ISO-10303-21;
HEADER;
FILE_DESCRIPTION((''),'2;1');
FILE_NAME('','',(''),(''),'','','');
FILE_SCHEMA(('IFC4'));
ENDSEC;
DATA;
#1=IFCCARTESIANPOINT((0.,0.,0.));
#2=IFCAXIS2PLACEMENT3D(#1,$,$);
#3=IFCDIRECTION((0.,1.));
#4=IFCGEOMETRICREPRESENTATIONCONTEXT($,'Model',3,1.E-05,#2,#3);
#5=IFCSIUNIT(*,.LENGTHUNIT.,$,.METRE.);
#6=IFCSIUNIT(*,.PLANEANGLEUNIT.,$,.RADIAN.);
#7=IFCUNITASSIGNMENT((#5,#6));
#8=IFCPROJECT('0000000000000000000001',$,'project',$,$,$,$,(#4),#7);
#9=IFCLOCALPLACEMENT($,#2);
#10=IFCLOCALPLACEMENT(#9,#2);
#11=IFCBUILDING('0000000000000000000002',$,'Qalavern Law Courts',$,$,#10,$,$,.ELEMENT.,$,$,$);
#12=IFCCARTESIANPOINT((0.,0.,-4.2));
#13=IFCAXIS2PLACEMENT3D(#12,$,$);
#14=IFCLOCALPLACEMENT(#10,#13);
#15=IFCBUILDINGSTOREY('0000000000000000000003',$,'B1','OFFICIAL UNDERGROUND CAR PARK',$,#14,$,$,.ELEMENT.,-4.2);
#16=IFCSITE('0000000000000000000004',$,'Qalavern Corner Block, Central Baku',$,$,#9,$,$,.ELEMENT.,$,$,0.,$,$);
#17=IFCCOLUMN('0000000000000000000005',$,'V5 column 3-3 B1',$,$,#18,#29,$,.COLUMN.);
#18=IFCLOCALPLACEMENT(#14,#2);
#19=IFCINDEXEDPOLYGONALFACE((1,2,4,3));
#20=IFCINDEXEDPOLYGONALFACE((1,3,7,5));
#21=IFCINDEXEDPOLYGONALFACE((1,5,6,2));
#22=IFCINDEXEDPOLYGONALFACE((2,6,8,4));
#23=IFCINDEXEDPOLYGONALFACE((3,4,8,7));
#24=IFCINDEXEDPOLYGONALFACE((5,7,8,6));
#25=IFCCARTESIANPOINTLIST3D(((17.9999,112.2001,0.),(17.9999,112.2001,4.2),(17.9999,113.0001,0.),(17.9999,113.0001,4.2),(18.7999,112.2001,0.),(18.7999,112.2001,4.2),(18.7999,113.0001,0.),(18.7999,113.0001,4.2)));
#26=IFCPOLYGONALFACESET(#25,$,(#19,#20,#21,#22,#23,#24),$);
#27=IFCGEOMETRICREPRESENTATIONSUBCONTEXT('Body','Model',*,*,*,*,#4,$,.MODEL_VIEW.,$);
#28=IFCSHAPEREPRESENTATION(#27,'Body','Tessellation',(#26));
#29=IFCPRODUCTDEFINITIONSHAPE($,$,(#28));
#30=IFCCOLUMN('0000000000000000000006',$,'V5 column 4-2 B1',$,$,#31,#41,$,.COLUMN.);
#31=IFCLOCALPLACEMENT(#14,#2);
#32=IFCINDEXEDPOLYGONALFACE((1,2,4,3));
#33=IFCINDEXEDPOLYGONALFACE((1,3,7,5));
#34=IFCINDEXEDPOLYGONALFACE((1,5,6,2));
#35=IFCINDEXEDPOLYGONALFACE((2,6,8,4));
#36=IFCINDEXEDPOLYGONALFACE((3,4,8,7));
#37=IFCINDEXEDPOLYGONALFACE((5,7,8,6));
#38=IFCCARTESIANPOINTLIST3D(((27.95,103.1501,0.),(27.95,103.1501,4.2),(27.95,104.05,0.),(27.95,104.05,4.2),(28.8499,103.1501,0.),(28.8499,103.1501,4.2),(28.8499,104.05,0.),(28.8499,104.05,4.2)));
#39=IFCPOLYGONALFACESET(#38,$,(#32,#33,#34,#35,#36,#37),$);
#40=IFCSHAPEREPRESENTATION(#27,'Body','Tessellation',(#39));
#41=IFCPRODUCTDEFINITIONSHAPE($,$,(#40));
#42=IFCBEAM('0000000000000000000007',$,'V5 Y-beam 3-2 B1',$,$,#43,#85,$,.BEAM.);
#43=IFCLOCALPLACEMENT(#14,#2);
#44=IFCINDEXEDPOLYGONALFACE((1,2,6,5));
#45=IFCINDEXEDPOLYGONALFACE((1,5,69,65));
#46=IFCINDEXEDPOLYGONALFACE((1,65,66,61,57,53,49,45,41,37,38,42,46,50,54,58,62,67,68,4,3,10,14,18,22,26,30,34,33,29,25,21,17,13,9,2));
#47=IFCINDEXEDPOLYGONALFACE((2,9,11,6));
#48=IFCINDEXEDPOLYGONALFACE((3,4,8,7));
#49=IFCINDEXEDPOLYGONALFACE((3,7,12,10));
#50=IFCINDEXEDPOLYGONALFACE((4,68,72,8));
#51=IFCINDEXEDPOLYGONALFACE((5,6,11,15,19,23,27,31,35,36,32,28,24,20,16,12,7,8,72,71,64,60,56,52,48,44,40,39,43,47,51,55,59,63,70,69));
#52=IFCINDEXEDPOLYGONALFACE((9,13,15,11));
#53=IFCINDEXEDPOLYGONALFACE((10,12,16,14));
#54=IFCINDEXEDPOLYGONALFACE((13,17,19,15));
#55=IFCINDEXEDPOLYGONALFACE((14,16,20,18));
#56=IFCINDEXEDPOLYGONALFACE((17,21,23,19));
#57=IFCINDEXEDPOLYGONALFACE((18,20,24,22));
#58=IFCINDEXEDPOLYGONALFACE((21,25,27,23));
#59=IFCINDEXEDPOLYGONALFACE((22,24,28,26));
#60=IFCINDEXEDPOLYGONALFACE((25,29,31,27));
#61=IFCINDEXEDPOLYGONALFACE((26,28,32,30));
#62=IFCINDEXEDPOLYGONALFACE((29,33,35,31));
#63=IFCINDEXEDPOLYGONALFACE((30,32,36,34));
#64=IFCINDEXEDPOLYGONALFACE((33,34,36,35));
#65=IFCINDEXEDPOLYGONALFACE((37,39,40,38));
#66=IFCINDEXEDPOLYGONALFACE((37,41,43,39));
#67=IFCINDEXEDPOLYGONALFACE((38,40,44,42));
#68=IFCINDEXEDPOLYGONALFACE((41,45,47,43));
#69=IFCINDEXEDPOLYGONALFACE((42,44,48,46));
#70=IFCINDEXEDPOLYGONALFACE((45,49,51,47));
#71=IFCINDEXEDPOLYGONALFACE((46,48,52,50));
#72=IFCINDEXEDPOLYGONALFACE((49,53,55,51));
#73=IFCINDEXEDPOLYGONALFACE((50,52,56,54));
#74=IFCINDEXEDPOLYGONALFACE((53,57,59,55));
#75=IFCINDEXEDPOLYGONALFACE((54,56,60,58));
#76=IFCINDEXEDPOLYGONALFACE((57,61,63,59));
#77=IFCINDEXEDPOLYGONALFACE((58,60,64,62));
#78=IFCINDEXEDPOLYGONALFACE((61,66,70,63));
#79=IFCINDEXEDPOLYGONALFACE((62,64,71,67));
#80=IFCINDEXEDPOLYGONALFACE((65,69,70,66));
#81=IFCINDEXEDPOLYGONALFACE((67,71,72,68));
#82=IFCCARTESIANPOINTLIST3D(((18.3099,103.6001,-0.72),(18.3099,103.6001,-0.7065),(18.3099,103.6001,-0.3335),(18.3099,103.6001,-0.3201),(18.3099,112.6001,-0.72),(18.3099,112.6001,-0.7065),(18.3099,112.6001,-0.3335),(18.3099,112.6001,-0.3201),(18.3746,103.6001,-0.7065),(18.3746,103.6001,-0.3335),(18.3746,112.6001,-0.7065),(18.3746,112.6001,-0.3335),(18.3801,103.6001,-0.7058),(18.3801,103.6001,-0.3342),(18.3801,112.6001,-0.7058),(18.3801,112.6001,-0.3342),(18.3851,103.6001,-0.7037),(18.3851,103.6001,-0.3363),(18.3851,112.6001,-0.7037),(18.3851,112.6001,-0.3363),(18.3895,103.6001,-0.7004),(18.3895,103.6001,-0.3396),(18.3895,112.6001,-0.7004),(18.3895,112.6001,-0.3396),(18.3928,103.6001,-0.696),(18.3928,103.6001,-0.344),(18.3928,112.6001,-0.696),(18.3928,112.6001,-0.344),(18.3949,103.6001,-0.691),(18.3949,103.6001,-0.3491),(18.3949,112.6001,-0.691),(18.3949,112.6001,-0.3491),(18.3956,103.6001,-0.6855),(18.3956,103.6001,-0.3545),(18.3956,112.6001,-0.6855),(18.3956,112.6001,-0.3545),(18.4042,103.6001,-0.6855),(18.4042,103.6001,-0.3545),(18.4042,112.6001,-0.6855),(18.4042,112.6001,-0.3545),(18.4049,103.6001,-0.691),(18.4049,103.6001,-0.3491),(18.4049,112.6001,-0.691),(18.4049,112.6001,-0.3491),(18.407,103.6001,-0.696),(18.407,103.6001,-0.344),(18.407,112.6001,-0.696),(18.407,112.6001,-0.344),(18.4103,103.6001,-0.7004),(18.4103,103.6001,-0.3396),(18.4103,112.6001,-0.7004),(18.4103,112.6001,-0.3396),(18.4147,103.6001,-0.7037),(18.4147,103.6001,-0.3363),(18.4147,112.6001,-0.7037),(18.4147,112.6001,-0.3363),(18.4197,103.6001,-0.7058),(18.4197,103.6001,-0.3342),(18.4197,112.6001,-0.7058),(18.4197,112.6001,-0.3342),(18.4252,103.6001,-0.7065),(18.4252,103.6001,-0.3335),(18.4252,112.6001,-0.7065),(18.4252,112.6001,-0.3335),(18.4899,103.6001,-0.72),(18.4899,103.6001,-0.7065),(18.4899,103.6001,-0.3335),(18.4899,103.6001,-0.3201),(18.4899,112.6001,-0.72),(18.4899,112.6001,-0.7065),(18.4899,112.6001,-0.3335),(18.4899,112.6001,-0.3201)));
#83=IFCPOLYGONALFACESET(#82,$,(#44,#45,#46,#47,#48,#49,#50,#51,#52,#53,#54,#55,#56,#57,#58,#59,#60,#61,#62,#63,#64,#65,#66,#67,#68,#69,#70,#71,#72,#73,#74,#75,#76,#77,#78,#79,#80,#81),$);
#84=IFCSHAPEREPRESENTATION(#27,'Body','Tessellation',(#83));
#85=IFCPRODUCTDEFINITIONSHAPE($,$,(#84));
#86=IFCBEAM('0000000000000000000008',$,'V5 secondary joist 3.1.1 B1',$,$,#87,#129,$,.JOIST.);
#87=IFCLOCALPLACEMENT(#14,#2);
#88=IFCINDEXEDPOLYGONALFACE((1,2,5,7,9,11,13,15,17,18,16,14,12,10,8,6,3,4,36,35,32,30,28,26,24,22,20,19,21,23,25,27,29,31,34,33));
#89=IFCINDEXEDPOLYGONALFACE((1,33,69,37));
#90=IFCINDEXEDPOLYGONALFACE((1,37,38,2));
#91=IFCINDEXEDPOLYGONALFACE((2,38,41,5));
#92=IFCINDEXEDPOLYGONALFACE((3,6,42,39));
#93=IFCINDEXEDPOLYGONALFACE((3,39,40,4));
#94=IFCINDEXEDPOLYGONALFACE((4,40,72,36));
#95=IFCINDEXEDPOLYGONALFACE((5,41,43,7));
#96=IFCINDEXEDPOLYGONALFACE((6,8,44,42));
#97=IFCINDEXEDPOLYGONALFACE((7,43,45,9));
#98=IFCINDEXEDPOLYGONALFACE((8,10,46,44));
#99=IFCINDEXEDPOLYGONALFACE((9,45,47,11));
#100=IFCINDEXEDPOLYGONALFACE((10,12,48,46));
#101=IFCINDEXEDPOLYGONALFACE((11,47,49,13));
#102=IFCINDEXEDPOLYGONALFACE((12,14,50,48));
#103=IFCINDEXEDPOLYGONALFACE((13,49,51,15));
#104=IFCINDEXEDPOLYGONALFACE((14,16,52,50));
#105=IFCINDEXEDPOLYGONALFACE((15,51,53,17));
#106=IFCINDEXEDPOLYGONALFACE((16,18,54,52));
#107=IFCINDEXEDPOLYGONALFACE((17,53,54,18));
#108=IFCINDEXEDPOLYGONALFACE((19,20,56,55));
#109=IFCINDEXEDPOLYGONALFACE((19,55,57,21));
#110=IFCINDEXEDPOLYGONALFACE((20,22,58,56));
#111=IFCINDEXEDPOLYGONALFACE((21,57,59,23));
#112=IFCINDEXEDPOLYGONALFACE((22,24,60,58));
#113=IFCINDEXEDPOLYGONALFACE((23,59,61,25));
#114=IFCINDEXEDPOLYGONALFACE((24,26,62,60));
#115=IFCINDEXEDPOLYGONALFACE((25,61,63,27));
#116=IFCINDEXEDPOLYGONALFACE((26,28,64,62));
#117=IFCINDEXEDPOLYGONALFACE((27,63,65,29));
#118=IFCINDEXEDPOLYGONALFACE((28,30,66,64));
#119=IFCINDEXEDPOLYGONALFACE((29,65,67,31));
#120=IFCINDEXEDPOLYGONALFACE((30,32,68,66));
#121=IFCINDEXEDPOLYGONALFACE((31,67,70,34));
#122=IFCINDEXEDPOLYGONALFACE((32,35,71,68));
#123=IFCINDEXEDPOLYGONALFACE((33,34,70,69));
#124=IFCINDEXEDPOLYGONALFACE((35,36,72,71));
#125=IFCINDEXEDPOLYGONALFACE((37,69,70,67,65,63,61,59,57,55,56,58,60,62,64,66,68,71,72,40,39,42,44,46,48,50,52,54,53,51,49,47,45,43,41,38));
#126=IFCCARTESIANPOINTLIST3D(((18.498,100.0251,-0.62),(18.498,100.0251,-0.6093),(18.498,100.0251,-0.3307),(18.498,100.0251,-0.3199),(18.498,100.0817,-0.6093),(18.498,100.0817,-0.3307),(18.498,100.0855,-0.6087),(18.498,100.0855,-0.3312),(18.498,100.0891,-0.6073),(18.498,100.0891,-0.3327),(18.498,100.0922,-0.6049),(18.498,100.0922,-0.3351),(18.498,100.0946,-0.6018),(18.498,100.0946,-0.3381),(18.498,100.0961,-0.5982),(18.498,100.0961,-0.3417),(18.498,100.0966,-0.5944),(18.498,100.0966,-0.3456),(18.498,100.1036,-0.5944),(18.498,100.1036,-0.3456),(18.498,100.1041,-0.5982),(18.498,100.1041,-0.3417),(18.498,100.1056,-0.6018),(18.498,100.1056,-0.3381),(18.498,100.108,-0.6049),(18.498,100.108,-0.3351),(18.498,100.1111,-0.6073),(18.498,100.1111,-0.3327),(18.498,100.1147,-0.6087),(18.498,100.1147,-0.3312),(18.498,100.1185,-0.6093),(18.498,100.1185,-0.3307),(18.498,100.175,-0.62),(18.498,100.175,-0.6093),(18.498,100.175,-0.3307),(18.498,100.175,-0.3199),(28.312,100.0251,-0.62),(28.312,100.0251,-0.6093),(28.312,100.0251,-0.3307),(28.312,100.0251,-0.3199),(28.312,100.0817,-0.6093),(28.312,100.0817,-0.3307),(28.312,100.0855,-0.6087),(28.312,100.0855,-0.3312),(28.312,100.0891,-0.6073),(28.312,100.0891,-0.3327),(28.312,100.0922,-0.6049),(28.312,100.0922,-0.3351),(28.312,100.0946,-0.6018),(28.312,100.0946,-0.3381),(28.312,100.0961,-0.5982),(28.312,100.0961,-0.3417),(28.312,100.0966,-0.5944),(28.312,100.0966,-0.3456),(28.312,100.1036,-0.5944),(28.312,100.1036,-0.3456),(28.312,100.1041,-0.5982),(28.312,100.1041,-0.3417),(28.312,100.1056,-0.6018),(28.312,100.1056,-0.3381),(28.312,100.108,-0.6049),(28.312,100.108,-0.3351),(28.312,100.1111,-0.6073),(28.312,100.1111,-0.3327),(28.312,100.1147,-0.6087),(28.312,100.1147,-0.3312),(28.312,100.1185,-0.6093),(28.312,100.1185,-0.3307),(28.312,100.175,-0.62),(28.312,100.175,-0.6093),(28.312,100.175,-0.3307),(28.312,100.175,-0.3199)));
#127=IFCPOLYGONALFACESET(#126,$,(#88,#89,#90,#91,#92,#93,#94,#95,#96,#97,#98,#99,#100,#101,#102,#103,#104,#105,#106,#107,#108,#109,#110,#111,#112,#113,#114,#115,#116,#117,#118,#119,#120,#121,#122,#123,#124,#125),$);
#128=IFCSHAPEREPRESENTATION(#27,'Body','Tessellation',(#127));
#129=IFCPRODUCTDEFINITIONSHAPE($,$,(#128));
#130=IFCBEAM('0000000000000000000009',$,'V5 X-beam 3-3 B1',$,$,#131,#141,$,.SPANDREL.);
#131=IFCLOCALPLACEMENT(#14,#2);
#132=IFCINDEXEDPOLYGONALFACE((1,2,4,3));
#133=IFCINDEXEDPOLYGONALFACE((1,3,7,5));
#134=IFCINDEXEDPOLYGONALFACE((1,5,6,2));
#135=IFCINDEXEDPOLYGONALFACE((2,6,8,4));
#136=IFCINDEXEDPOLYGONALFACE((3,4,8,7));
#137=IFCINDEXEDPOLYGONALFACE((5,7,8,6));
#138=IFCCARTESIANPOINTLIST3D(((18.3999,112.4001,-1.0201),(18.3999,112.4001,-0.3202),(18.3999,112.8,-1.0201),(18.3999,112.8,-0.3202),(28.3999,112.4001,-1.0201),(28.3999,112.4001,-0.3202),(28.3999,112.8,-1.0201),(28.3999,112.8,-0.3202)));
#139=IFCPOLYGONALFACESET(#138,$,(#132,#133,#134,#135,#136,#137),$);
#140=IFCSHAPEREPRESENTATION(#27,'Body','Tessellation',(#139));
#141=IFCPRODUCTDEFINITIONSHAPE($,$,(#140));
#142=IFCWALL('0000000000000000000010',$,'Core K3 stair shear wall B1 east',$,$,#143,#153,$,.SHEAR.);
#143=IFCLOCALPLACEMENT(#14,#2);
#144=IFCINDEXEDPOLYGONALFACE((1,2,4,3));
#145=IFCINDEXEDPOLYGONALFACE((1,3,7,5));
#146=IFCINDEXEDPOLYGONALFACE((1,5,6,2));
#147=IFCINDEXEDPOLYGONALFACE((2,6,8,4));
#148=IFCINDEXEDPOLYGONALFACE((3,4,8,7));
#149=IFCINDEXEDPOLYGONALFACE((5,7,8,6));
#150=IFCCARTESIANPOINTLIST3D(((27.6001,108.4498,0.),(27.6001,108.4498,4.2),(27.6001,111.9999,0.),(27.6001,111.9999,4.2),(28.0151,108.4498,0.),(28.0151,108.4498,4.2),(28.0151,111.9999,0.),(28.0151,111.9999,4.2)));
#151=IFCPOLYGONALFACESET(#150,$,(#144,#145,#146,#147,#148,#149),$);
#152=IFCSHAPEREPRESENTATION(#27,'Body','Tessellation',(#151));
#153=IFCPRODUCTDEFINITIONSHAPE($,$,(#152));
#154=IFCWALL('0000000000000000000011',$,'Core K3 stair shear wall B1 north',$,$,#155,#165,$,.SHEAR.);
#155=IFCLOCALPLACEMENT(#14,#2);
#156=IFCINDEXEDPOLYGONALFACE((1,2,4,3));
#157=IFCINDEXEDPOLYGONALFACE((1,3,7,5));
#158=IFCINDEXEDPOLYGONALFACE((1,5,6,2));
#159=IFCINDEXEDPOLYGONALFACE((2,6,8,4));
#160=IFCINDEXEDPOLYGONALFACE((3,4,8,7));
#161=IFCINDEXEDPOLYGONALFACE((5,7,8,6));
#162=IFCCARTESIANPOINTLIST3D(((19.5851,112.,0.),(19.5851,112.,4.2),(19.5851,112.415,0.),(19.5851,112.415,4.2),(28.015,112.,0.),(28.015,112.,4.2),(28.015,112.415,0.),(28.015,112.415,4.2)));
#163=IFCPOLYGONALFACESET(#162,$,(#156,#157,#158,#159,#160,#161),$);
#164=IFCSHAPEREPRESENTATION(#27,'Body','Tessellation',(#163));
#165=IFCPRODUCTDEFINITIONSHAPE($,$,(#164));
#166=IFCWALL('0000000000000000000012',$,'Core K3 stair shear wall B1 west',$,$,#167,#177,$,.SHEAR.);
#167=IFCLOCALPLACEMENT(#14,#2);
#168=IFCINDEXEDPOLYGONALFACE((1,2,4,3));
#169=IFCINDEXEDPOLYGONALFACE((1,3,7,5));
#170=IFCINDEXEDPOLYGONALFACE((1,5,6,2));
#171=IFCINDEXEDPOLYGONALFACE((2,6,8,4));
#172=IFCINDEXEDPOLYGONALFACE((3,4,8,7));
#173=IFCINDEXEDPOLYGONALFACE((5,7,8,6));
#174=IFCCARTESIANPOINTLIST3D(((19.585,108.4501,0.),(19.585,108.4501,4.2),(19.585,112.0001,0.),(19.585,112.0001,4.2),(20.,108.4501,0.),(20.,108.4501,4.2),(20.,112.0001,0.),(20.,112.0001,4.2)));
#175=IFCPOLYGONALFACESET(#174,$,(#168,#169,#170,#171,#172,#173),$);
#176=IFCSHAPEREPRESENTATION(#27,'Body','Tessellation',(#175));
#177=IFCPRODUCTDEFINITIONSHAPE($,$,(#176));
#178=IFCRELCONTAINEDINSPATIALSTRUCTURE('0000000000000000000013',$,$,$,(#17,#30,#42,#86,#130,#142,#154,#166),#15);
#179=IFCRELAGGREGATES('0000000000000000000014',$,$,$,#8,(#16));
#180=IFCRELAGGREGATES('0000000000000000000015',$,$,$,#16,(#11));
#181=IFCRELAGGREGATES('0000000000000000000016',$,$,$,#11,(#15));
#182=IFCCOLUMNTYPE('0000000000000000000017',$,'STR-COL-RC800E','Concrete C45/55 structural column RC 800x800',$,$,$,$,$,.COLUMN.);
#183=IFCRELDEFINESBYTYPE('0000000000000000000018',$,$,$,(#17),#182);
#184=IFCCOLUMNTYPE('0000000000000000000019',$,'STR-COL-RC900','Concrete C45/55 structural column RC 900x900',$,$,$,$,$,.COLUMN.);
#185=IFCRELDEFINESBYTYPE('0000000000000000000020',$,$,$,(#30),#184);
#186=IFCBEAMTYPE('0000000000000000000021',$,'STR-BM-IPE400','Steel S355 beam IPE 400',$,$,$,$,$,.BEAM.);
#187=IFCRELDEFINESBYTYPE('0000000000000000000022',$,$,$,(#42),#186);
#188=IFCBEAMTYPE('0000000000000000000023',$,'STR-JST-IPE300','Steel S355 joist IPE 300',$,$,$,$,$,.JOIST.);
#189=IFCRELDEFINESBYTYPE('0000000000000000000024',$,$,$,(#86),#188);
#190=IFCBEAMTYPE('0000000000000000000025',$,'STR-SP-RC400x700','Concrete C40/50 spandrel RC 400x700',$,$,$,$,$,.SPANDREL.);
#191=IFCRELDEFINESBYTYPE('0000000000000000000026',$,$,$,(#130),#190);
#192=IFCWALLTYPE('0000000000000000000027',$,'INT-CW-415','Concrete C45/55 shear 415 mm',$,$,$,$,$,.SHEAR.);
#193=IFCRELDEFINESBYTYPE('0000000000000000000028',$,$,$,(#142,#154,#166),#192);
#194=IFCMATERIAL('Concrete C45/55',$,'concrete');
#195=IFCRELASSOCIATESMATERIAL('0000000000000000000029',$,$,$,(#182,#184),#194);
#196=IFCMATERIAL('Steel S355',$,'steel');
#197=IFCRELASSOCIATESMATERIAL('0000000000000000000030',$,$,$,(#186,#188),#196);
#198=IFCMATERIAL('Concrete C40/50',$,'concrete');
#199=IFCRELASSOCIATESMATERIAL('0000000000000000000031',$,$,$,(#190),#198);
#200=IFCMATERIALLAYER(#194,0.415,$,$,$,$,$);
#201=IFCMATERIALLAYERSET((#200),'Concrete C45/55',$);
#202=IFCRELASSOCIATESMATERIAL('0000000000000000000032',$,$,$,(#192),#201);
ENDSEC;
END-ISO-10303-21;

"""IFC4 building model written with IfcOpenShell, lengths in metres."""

from ifc_helpers import new_model, si_unit, direction, frame, frame_2d, origin, origin_2d, place, context, subcontext, project, spatial, rectangle, i_section, extrude, material, layer, layer_set, material_profile, profile_set, type_object, element, save


model = new_model("IFC4")

# Units and contexts
model_context = context("Model", 3, precision=1e-05, world=origin(), true_north=direction((0.0, 1.0)))
body_context = subcontext(model_context, "Body", "Model", "MODEL_VIEW")
ifc_project = project(units=[si_unit("LENGTHUNIT", "METRE"), si_unit("PLANEANGLEUNIT", "RADIAN")], contexts=[model_context])

# Site, building, storey
site_placement = place(None, origin())
site = spatial("IfcSite", under=ifc_project, at=site_placement, Name="Qalavern Corner Block, Central Baku", CompositionType="ELEMENT", RefElevation=0.0)
building_placement = place(site_placement, origin())
building = spatial("IfcBuilding", under=site, at=building_placement, Name="Qalavern Law Courts", CompositionType="ELEMENT")
storey_placement = place(building_placement, frame((0.0, 0.0, -4.2)))
storey = spatial("IfcBuildingStorey", under=building, at=storey_placement, Name="B1", Description="OFFICIAL UNDERGROUND CAR PARK", CompositionType="ELEMENT", Elevation=-4.2)

# Columns
ifc_material_1 = material(Name="Concrete C45/55", Category="concrete")
ifc_material_profile_1 = material_profile(ifc_material_1, rectangle(XDim=0.8, YDim=0.8, at=origin_2d()), Name="RC 800x800")
ifc_profile_set_1 = profile_set([ifc_material_profile_1], Name="Concrete C45/55")
column_type_1 = type_object("IfcColumnType", Name="STR-COL-RC800E", Description="Concrete C45/55 structural column RC 800x800", PredefinedType="COLUMN", material=ifc_profile_set_1)
column_1_placement = place(storey_placement, frame((18.3999, 112.6001, 0.0), z_axis=(0.0, 0.0, 1.0), x_axis=(1.0, 0.0, 0.0)))
element("IfcColumn", 1, at=column_1_placement, inside=storey, type_object=column_type_1, Name="V5 column 3-3 B1", PredefinedType="COLUMN", context=body_context, shape_type="SweptSolid", body=[
    extrude(rectangle(XDim=0.8, YDim=0.8, at=origin_2d()), origin(), (0.0, 0.0, 1.0), 4.2),
])
ifc_material_profile_2 = material_profile(ifc_material_1, rectangle(XDim=0.8999, YDim=0.8999, at=origin_2d()), Name="RC 900x900")
ifc_profile_set_2 = profile_set([ifc_material_profile_2], Name="Concrete C45/55")
column_type_2 = type_object("IfcColumnType", Name="STR-COL-RC900", Description="Concrete C45/55 structural column RC 900x900", PredefinedType="COLUMN", material=ifc_profile_set_2)
column_2_placement = place(storey_placement, frame((28.3999, 103.6001, 0.0), z_axis=(0.0, 0.0, 1.0), x_axis=(1.0, 0.0, 0.0)))
element("IfcColumn", 2, at=column_2_placement, inside=storey, type_object=column_type_2, Name="V5 column 4-2 B1", PredefinedType="COLUMN", context=body_context, shape_type="SweptSolid", body=[
    extrude(rectangle(XDim=0.8999, YDim=0.8999, at=origin_2d()), origin(), (0.0, 0.0, 1.0), 4.2),
])

# Beams
ifc_material_2 = material(Name="Steel S355", Category="steel")
ifc_material_profile_3 = material_profile(ifc_material_2, i_section(OverallWidth=0.1799, OverallDepth=0.3999, WebThickness=0.0085, FlangeThickness=0.0134, FilletRadius=0.021, at=origin_2d()), Name="IPE 400")
ifc_profile_set_3 = profile_set([ifc_material_profile_3], Name="Steel S355")
beam_type_1 = type_object("IfcBeamType", Name="STR-BM-IPE400", Description="Steel S355 beam IPE 400", PredefinedType="BEAM", material=ifc_profile_set_3)
beam_1_placement = place(storey_placement, frame((18.3999, 103.6001, -0.52), z_axis=(0.0, 1.0, 0.0), x_axis=(-1.0, 0.0, 0.0)))
element("IfcBeam", 3, at=beam_1_placement, inside=storey, type_object=beam_type_1, Name="V5 Y-beam 3-2 B1", PredefinedType="BEAM", context=body_context, shape_type="SweptSolid", body=[
    extrude(i_section(OverallWidth=0.1799, OverallDepth=0.3999, WebThickness=0.0085, FlangeThickness=0.0134, FilletRadius=0.021, at=origin_2d()), origin(), (0.0, 0.0, 1.0), 9.0),
])
ifc_material_profile_4 = material_profile(ifc_material_2, i_section(OverallWidth=0.1499, OverallDepth=0.3, WebThickness=0.0071, FlangeThickness=0.0107, FilletRadius=0.0149, at=origin_2d()), Name="IPE 300")
ifc_profile_set_4 = profile_set([ifc_material_profile_4], Name="Steel S355")
beam_type_2 = type_object("IfcBeamType", Name="STR-JST-IPE300", Description="Steel S355 joist IPE 300", PredefinedType="JOIST", material=ifc_profile_set_4)
beam_2_placement = place(storey_placement, frame((18.498, 100.1001, -0.47), z_axis=(1.0, 0.0, 0.0), x_axis=(0.0, 1.0, 0.0)))
element("IfcBeam", 4, at=beam_2_placement, inside=storey, type_object=beam_type_2, Name="V5 secondary joist 3.1.1 B1", PredefinedType="JOIST", context=body_context, shape_type="SweptSolid", body=[
    extrude(i_section(OverallWidth=0.1499, OverallDepth=0.3, WebThickness=0.0071, FlangeThickness=0.0107, FilletRadius=0.0149, at=origin_2d()), origin(), (0.0, 0.0, 1.0), 9.814),
])
ifc_material_3 = material(Name="Concrete C40/50", Category="concrete")
ifc_material_profile_5 = material_profile(ifc_material_3, rectangle(XDim=0.3999, YDim=0.7, at=origin_2d()), Name="RC 400x700")
ifc_profile_set_5 = profile_set([ifc_material_profile_5], Name="Concrete C40/50")
beam_type_3 = type_object("IfcBeamType", Name="STR-SP-RC400x700", Description="Concrete C40/50 spandrel RC 400x700", PredefinedType="SPANDREL", material=ifc_profile_set_5)
beam_3_placement = place(storey_placement, frame((18.3999, 112.6001, -0.6702), z_axis=(1.0, 0.0, 0.0), x_axis=(0.0, 1.0, 0.0)))
element("IfcBeam", 5, at=beam_3_placement, inside=storey, type_object=beam_type_3, Name="V5 X-beam 3-3 B1", PredefinedType="SPANDREL", context=body_context, shape_type="SweptSolid", body=[
    extrude(rectangle(XDim=0.3999, YDim=0.7, at=origin_2d()), origin(), (0.0, 0.0, 1.0), 10.0),
])

# Shared definitions
ifc_layer_1 = layer(ifc_material_1, 0.415)
ifc_layer_set_1 = layer_set([ifc_layer_1], Name="Concrete C45/55")
wall_type_1 = type_object("IfcWallType", Name="INT-CW-415", Description="Concrete C45/55 shear 415 mm", PredefinedType="SHEAR", material=ifc_layer_set_1)

# Walls
wall_1_placement = place(storey_placement, frame((27.8076, 108.45, 0.0), z_axis=(0.0, 0.0, 1.0), x_axis=(0.0, 1.0, 0.0)))
element("IfcWall", 6, at=wall_1_placement, inside=storey, type_object=wall_type_1, Name="Core K3 stair shear wall B1 east", PredefinedType="SHEAR", context=body_context, shape_type="SweptSolid", body=[
    extrude(rectangle(XDim=3.55, YDim=0.415, at=frame_2d((1.7749, 0.0))), origin(), (0.0, 0.0, 1.0), 4.2),
])
wall_2_placement = place(storey_placement, frame((28.0149, 112.2075, 0.0), z_axis=(0.0, 0.0, 1.0), x_axis=(-1.0, 0.0, 0.0)))
element("IfcWall", 7, at=wall_2_placement, inside=storey, type_object=wall_type_1, Name="Core K3 stair shear wall B1 north", PredefinedType="SHEAR", context=body_context, shape_type="SweptSolid", body=[
    extrude(rectangle(XDim=8.4299, YDim=0.415, at=frame_2d((4.2148, 0.0))), origin(), (0.0, 0.0, 1.0), 4.2),
])
wall_3_placement = place(storey_placement, frame((19.7925, 112.0, 0.0), z_axis=(0.0, 0.0, 1.0), x_axis=(0.0, -1.0, 0.0)))
element("IfcWall", 8, at=wall_3_placement, inside=storey, type_object=wall_type_1, Name="Core K3 stair shear wall B1 west", PredefinedType="SHEAR", context=body_context, shape_type="SweptSolid", body=[
    extrude(rectangle(XDim=3.55, YDim=0.415, at=frame_2d((1.7749, 0.0))), origin(), (0.0, 0.0, 1.0), 4.2),
])

save(model, "model.ifc")
